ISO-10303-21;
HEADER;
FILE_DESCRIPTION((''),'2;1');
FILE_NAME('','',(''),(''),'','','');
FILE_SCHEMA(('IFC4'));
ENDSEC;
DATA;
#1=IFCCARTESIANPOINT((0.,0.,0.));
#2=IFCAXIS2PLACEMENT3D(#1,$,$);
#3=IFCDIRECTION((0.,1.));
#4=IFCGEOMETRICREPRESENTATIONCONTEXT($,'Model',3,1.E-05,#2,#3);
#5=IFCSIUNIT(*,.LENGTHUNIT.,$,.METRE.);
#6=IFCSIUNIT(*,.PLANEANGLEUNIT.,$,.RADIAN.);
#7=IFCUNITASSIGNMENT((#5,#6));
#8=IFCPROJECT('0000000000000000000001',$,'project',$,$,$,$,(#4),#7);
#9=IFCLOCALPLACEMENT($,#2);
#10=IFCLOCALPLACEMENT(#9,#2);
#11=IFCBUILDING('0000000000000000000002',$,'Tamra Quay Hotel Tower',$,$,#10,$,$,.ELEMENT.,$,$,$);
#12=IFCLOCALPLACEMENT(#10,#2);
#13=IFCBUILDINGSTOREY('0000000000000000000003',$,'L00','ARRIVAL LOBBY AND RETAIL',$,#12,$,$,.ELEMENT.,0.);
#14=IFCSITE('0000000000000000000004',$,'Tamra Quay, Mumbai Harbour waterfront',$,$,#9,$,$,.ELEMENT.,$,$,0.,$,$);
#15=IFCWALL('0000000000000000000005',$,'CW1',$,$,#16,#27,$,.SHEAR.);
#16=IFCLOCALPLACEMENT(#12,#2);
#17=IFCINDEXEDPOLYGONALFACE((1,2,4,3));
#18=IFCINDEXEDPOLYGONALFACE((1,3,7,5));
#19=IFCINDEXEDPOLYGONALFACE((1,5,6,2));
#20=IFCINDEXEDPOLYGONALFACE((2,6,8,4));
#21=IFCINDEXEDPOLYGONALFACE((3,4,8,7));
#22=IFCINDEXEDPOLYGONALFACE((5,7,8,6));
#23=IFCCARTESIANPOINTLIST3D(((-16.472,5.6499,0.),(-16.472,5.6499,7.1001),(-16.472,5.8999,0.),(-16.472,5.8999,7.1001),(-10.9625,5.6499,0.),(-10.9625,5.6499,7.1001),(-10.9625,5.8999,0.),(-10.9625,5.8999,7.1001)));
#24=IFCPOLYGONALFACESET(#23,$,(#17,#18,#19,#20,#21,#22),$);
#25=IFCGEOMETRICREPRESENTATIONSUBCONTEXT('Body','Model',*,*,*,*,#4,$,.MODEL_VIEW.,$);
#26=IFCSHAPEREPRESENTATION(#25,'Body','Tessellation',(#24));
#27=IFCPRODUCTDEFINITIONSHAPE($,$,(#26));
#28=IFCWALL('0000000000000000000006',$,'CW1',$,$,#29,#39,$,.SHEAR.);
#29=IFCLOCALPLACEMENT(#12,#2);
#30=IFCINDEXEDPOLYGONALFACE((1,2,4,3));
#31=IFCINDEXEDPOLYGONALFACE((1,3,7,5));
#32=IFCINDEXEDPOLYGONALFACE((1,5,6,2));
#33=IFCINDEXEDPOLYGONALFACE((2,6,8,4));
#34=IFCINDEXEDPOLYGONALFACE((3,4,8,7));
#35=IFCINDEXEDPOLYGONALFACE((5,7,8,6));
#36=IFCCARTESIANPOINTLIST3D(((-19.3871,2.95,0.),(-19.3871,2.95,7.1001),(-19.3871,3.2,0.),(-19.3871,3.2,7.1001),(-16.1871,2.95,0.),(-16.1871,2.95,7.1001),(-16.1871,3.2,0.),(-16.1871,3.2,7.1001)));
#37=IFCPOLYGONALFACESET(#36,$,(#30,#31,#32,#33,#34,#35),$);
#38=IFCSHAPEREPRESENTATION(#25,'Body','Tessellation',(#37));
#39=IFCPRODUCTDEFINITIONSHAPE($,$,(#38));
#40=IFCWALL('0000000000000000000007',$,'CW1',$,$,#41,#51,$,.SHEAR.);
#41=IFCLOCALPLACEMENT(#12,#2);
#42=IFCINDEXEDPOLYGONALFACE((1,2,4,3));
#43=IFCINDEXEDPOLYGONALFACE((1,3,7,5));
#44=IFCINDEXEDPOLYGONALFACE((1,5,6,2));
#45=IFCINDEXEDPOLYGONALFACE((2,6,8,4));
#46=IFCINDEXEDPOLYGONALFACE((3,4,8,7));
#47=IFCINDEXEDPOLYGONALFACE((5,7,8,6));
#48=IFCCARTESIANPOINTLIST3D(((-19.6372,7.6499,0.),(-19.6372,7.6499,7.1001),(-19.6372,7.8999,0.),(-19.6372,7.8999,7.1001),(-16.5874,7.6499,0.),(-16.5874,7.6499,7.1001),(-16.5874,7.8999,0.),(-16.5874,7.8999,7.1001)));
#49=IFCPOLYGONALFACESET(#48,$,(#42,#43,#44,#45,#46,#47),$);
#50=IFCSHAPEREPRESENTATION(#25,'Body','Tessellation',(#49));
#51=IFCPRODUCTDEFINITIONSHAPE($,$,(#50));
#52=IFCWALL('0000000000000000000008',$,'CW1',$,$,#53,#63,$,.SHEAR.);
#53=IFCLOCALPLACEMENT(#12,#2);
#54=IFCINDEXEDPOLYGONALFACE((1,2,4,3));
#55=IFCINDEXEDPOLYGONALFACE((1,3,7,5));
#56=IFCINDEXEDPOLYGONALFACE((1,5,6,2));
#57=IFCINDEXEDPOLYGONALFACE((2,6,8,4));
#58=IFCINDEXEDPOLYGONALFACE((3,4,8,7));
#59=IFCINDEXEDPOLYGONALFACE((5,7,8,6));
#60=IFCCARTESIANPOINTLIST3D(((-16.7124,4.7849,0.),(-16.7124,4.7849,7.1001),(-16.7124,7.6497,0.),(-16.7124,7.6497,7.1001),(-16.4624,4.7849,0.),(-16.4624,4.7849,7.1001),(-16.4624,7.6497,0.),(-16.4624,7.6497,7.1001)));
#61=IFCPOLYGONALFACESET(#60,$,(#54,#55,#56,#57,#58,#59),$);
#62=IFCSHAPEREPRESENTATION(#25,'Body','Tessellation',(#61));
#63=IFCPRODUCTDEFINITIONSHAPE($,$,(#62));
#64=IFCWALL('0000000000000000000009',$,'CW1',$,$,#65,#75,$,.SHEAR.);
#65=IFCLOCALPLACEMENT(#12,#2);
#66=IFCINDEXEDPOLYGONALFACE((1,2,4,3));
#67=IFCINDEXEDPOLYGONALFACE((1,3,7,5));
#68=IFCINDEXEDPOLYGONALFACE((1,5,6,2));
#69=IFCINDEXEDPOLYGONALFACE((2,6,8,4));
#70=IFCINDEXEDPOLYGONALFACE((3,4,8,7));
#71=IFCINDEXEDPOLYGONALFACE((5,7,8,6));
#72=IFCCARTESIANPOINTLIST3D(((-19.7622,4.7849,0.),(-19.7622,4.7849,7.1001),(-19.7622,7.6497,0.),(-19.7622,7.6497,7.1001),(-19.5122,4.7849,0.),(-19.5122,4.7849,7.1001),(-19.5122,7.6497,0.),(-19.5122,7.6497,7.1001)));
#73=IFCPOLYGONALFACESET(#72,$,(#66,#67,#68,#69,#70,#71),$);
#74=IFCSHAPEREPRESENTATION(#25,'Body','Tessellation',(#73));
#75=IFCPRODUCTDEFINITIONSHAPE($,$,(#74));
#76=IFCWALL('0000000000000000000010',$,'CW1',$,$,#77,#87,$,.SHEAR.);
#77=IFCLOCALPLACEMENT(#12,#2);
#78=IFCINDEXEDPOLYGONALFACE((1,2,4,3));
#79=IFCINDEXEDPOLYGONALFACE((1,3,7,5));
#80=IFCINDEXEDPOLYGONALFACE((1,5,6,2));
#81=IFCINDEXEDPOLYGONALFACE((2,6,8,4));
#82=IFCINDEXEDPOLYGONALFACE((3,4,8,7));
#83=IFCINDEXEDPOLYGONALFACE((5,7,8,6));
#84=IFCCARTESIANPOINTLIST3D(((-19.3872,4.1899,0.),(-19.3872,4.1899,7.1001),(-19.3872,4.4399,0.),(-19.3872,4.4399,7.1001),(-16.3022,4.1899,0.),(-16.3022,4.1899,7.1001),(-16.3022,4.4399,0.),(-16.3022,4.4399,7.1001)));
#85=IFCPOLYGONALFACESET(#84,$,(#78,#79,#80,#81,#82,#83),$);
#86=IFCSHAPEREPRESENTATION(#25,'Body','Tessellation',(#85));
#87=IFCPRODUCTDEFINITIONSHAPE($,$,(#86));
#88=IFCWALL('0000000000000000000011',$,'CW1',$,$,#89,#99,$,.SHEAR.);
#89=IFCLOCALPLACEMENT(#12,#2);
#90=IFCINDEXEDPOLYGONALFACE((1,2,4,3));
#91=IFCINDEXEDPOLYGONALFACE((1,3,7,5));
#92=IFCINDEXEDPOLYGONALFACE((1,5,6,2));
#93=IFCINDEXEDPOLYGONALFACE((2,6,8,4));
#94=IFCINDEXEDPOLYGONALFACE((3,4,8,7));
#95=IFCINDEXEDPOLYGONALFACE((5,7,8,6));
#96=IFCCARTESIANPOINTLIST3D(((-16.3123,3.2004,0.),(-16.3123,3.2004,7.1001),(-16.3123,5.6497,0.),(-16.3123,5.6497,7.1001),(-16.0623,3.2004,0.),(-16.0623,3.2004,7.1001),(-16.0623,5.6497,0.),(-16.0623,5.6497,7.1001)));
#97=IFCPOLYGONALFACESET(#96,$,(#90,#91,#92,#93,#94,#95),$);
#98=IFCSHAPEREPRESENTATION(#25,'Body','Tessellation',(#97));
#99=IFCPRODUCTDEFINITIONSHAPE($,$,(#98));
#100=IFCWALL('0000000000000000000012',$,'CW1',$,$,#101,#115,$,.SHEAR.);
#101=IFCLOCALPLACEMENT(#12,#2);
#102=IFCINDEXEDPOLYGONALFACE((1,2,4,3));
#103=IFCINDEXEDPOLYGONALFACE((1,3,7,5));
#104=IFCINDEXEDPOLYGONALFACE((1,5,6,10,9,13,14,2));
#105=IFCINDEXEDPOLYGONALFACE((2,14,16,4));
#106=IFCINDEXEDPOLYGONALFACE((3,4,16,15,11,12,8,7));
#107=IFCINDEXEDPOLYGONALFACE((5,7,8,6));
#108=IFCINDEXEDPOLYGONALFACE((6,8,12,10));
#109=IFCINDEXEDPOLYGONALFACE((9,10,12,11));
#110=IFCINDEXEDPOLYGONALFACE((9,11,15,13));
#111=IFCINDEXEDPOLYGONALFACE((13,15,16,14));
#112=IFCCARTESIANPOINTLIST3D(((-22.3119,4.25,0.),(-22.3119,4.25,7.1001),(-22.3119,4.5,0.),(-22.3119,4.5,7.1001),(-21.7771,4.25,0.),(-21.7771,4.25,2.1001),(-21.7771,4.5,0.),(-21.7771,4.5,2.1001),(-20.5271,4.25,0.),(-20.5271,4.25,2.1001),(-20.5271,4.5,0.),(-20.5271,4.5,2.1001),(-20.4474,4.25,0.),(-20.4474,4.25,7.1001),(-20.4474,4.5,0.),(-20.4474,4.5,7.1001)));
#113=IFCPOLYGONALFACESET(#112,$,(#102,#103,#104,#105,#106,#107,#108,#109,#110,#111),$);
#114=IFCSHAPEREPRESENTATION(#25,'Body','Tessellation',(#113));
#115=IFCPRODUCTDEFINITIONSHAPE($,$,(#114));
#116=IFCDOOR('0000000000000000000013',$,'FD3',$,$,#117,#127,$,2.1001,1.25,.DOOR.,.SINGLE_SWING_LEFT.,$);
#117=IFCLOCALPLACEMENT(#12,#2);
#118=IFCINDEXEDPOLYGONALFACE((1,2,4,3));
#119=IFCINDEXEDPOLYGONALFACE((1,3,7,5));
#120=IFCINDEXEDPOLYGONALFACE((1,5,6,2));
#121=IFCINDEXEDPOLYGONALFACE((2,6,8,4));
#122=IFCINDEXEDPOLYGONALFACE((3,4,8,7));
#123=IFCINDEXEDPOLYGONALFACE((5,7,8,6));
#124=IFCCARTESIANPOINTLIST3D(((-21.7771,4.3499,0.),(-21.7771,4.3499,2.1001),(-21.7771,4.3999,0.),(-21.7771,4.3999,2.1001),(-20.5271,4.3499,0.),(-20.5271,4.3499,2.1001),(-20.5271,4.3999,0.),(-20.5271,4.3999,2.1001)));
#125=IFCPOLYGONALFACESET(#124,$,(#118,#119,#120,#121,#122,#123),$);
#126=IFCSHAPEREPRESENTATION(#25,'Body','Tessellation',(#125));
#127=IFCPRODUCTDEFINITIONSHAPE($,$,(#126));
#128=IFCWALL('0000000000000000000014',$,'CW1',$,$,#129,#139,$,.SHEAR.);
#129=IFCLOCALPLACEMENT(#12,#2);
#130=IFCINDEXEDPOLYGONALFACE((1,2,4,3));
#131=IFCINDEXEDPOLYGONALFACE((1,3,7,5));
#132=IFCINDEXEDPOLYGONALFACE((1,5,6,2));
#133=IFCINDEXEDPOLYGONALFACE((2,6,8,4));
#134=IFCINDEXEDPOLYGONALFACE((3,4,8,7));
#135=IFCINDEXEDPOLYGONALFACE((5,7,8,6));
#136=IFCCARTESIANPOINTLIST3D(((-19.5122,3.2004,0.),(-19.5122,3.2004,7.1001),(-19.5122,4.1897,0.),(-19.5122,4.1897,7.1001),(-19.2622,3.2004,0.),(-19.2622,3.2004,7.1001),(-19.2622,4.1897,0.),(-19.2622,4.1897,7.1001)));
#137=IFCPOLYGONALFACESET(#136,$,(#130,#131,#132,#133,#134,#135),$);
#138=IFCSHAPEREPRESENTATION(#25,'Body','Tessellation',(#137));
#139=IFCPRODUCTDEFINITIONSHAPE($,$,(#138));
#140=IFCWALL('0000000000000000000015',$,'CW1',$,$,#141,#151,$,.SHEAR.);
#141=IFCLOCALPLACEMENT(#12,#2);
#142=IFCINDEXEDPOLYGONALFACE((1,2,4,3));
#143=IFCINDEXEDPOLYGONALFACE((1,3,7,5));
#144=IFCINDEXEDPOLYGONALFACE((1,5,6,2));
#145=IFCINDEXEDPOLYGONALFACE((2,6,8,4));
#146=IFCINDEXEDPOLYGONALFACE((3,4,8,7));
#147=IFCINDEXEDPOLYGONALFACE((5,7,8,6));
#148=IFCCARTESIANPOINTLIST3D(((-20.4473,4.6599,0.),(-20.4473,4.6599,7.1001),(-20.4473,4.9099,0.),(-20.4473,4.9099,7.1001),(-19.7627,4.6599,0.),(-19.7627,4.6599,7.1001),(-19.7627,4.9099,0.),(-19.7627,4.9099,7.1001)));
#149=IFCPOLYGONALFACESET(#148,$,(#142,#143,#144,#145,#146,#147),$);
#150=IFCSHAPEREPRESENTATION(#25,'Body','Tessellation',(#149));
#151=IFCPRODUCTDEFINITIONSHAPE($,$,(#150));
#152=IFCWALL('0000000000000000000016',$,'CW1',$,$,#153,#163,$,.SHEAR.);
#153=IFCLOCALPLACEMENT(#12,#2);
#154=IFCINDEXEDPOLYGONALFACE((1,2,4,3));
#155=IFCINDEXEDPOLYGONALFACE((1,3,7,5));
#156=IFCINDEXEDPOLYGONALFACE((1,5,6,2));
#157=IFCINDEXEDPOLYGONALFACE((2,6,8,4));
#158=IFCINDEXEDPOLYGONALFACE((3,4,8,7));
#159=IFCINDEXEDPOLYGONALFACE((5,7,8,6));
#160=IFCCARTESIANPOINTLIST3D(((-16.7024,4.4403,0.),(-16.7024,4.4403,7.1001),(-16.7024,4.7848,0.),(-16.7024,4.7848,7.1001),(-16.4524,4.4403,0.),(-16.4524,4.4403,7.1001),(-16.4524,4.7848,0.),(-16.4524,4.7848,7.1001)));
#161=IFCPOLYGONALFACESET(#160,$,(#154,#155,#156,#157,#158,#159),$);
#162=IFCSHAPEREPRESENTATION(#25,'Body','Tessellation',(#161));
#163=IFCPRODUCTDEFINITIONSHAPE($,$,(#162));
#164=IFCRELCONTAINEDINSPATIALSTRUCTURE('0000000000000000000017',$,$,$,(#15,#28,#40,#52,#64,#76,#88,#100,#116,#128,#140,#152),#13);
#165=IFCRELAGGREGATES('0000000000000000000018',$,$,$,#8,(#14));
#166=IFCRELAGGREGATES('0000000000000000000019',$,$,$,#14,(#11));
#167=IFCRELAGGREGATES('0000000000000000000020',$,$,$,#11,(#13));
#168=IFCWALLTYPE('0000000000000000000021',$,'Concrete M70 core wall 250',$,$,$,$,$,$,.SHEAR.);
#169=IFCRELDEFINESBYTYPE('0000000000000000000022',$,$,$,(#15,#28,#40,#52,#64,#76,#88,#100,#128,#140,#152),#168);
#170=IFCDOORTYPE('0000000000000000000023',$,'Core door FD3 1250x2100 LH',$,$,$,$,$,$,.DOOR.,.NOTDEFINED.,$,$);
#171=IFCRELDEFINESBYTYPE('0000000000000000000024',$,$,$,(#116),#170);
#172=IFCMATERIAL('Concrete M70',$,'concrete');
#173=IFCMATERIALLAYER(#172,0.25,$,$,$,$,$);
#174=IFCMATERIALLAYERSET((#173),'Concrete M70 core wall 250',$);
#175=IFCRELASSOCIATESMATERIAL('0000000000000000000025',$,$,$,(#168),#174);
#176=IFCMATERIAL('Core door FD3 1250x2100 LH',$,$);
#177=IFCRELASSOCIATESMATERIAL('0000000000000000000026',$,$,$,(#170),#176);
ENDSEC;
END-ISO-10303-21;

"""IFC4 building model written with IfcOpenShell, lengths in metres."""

from ifc_helpers import new_model, si_unit, direction, frame, frame_2d, origin, place, context, subcontext, project, spatial, rectangle, extrude, material, layer, layer_set, type_object, element, fill, save


model = new_model("IFC4")

# Units and contexts
model_context = context("Model", 3, precision=1e-05, world=origin(), true_north=direction((0.0, 1.0)))
body_context = subcontext(model_context, "Body", "Model", "MODEL_VIEW")
ifc_project = project(units=[si_unit("LENGTHUNIT", "METRE"), si_unit("PLANEANGLEUNIT", "RADIAN")], contexts=[model_context])

# Site, building, storey
site_placement = place(None, origin())
site = spatial("IfcSite", under=ifc_project, at=site_placement, Name="Tamra Quay, Mumbai Harbour waterfront", CompositionType="ELEMENT", RefElevation=0.0)
building_placement = place(site_placement, origin())
building = spatial("IfcBuilding", under=site, at=building_placement, Name="Tamra Quay Hotel Tower", CompositionType="ELEMENT")
storey_placement = place(building_placement, origin())
storey = spatial("IfcBuildingStorey", under=building, at=storey_placement, Name="L00", Description="ARRIVAL LOBBY AND RETAIL", CompositionType="ELEMENT", Elevation=0.0)

# Shared definitions
ifc_material_1 = material(Name="Concrete M70", Category="concrete")

# Shared definitions
ifc_layer_1 = layer(ifc_material_1, 0.25)
ifc_layer_set_1 = layer_set([ifc_layer_1], Name="Concrete M70 core wall 250")
wall_type_1 = type_object("IfcWallType", Name="Concrete M70 core wall 250", PredefinedType="SHEAR", material=ifc_layer_set_1)

# Walls
wall_1_placement = place(storey_placement, frame((-16.4722, 5.7749, 0.0), z_axis=(0.0, 0.0, 1.0), x_axis=(1.0, 0.0, 0.0)))
element("IfcWall", 1, at=wall_1_placement, inside=storey, type_object=wall_type_1, Name="CW1", PredefinedType="SHEAR", context=body_context, shape_type="SweptSolid", body=[
    extrude(rectangle(XDim=5.5095, YDim=0.25, at=frame_2d((2.7549, 0.0))), origin(), (0.0, 0.0, 1.0), 7.1001),
])
wall_2_placement = place(storey_placement, frame((-19.3872, 3.075, 0.0), z_axis=(0.0, 0.0, 1.0), x_axis=(1.0, 0.0, 0.0)))
element("IfcWall", 2, at=wall_2_placement, inside=storey, type_object=wall_type_1, Name="CW1", PredefinedType="SHEAR", context=body_context, shape_type="SweptSolid", body=[
    extrude(rectangle(XDim=3.2, YDim=0.25, at=frame_2d((1.6001, 0.0))), origin(), (0.0, 0.0, 1.0), 7.1001),
])
wall_3_placement = place(storey_placement, frame((-19.6372, 7.7749, 0.0), z_axis=(0.0, 0.0, 1.0), x_axis=(1.0, 0.0, 0.0)))
element("IfcWall", 3, at=wall_3_placement, inside=storey, type_object=wall_type_1, Name="CW1", PredefinedType="SHEAR", context=body_context, shape_type="SweptSolid", body=[
    extrude(rectangle(XDim=3.0498, YDim=0.25, at=frame_2d((1.5249, 0.0))), origin(), (0.0, 0.0, 1.0), 7.1001),
])
for number, where, z_axis, x_axis, name in (
    (4, (-16.5874, 7.6497, 0.0), (0.0, 0.0, 1.0), (0.0, -1.0, 0.0), "CW1"),
    (5, (-19.6372, 4.7849, 0.0), (0.0, 0.0, 1.0), (0.0, 1.0, 0.0), "CW1"),
):
    element("IfcWall", number, at=place(storey_placement, frame(where, z_axis=z_axis, x_axis=x_axis)), inside=storey, type_object=wall_type_1, Name=name, PredefinedType="SHEAR", context=body_context, shape_type="SweptSolid", body=[
        extrude(rectangle(XDim=2.8647, YDim=0.25, at=frame_2d((1.4324, 0.0))), origin(), (0.0, 0.0, 1.0), 7.1001),
    ])
wall_4_placement = place(storey_placement, frame((-16.3022, 4.3149, 0.0), z_axis=(0.0, 0.0, 1.0), x_axis=(-1.0, 0.0, 0.0)))
element("IfcWall", 6, at=wall_4_placement, inside=storey, type_object=wall_type_1, Name="CW1", PredefinedType="SHEAR", context=body_context, shape_type="SweptSolid", body=[
    extrude(rectangle(XDim=3.085, YDim=0.25, at=frame_2d((1.5425, 0.0))), origin(), (0.0, 0.0, 1.0), 7.1001),
])
wall_5_placement = place(storey_placement, frame((-16.1873, 3.2004, 0.0), z_axis=(0.0, 0.0, 1.0), x_axis=(0.0, 1.0, 0.0)))
element("IfcWall", 7, at=wall_5_placement, inside=storey, type_object=wall_type_1, Name="CW1", PredefinedType="SHEAR", context=body_context, shape_type="SweptSolid", body=[
    extrude(rectangle(XDim=2.4492, YDim=0.25, at=frame_2d((1.2246, 0.0))), origin(), (0.0, 0.0, 1.0), 7.1001),
])

# Wall, opening, door
wall_6_placement = place(storey_placement, frame((-22.3118, 4.375, 0.0), z_axis=(0.0, 0.0, 1.0), x_axis=(1.0, 0.0, 0.0)))
wall_6 = element("IfcWall", 8, at=wall_6_placement, inside=storey, type_object=wall_type_1, Name="CW1", PredefinedType="SHEAR", context=body_context, shape_type="SweptSolid", body=[
    extrude(rectangle(XDim=1.8645, YDim=0.25, at=frame_2d((0.9321, 0.0))), origin(), (0.0, 0.0, 1.0), 7.1001),
])
opening_1_placement = place(wall_6_placement, frame((0.5347, 0.0, 0.0)))
opening_1 = element("IfcOpeningElement", 9, at=opening_1_placement, cuts=wall_6, PredefinedType="OPENING", context=body_context, shape_type="SweptSolid", body=[
    extrude(rectangle(XDim=1.25, YDim=2.1001, at=frame_2d((0.625, 1.05))), frame((0.0, 0.135, 0.0), z_axis=(0.0, -1.0, 0.0), x_axis=(1.0, 0.0, 0.0)), (0.0, 0.0, 1.0), 0.27),
])
ifc_material_2 = material(Name="Core door FD3 1250x2100 LH")
door_type_1 = type_object("IfcDoorType", Name="Core door FD3 1250x2100 LH", OperationType="NOTDEFINED", PredefinedType="DOOR", material=ifc_material_2)
door_1_placement = place(opening_1_placement, origin())
door_1 = element("IfcDoor", 10, at=door_1_placement, inside=storey, type_object=door_type_1, Name="FD3", OperationType="SINGLE_SWING_LEFT", OverallHeight=2.1001, OverallWidth=1.25, PredefinedType="DOOR", context=body_context, shape_type="SweptSolid", body=[
    extrude(rectangle(XDim=1.25, YDim=2.1001, at=frame_2d((0.625, 1.05))), frame((0.0, 0.0249, 0.0), z_axis=(0.0, -1.0, 0.0), x_axis=(1.0, 0.0, 0.0)), (0.0, 0.0, 1.0), 0.05),
])
fill(opening_1, door_1)

# Walls
wall_7_placement = place(storey_placement, frame((-19.3872, 4.1897, 0.0), z_axis=(0.0, 0.0, 1.0), x_axis=(0.0, -1.0, 0.0)))
element("IfcWall", 11, at=wall_7_placement, inside=storey, type_object=wall_type_1, Name="CW1", PredefinedType="SHEAR", context=body_context, shape_type="SweptSolid", body=[
    extrude(rectangle(XDim=0.9893, YDim=0.25, at=frame_2d((0.4946, 0.0))), origin(), (0.0, 0.0, 1.0), 7.1001),
])
wall_8_placement = place(storey_placement, frame((-20.4473, 4.7849, 0.0), z_axis=(0.0, 0.0, 1.0), x_axis=(1.0, 0.0, 0.0)))
element("IfcWall", 12, at=wall_8_placement, inside=storey, type_object=wall_type_1, Name="CW1", PredefinedType="SHEAR", context=body_context, shape_type="SweptSolid", body=[
    extrude(rectangle(XDim=0.6846, YDim=0.25, at=frame_2d((0.3423, 0.0))), origin(), (0.0, 0.0, 1.0), 7.1001),
])
wall_9_placement = place(storey_placement, frame((-16.5774, 4.7849, 0.0), z_axis=(0.0, 0.0, 1.0), x_axis=(0.0, -1.0, 0.0)))
element("IfcWall", 13, at=wall_9_placement, inside=storey, type_object=wall_type_1, Name="CW1", PredefinedType="SHEAR", context=body_context, shape_type="SweptSolid", body=[
    extrude(rectangle(XDim=0.3445, YDim=0.25, at=frame_2d((0.1724, 0.0))), origin(), (0.0, 0.0, 1.0), 7.1001),
])

save(model, "model.ifc")
